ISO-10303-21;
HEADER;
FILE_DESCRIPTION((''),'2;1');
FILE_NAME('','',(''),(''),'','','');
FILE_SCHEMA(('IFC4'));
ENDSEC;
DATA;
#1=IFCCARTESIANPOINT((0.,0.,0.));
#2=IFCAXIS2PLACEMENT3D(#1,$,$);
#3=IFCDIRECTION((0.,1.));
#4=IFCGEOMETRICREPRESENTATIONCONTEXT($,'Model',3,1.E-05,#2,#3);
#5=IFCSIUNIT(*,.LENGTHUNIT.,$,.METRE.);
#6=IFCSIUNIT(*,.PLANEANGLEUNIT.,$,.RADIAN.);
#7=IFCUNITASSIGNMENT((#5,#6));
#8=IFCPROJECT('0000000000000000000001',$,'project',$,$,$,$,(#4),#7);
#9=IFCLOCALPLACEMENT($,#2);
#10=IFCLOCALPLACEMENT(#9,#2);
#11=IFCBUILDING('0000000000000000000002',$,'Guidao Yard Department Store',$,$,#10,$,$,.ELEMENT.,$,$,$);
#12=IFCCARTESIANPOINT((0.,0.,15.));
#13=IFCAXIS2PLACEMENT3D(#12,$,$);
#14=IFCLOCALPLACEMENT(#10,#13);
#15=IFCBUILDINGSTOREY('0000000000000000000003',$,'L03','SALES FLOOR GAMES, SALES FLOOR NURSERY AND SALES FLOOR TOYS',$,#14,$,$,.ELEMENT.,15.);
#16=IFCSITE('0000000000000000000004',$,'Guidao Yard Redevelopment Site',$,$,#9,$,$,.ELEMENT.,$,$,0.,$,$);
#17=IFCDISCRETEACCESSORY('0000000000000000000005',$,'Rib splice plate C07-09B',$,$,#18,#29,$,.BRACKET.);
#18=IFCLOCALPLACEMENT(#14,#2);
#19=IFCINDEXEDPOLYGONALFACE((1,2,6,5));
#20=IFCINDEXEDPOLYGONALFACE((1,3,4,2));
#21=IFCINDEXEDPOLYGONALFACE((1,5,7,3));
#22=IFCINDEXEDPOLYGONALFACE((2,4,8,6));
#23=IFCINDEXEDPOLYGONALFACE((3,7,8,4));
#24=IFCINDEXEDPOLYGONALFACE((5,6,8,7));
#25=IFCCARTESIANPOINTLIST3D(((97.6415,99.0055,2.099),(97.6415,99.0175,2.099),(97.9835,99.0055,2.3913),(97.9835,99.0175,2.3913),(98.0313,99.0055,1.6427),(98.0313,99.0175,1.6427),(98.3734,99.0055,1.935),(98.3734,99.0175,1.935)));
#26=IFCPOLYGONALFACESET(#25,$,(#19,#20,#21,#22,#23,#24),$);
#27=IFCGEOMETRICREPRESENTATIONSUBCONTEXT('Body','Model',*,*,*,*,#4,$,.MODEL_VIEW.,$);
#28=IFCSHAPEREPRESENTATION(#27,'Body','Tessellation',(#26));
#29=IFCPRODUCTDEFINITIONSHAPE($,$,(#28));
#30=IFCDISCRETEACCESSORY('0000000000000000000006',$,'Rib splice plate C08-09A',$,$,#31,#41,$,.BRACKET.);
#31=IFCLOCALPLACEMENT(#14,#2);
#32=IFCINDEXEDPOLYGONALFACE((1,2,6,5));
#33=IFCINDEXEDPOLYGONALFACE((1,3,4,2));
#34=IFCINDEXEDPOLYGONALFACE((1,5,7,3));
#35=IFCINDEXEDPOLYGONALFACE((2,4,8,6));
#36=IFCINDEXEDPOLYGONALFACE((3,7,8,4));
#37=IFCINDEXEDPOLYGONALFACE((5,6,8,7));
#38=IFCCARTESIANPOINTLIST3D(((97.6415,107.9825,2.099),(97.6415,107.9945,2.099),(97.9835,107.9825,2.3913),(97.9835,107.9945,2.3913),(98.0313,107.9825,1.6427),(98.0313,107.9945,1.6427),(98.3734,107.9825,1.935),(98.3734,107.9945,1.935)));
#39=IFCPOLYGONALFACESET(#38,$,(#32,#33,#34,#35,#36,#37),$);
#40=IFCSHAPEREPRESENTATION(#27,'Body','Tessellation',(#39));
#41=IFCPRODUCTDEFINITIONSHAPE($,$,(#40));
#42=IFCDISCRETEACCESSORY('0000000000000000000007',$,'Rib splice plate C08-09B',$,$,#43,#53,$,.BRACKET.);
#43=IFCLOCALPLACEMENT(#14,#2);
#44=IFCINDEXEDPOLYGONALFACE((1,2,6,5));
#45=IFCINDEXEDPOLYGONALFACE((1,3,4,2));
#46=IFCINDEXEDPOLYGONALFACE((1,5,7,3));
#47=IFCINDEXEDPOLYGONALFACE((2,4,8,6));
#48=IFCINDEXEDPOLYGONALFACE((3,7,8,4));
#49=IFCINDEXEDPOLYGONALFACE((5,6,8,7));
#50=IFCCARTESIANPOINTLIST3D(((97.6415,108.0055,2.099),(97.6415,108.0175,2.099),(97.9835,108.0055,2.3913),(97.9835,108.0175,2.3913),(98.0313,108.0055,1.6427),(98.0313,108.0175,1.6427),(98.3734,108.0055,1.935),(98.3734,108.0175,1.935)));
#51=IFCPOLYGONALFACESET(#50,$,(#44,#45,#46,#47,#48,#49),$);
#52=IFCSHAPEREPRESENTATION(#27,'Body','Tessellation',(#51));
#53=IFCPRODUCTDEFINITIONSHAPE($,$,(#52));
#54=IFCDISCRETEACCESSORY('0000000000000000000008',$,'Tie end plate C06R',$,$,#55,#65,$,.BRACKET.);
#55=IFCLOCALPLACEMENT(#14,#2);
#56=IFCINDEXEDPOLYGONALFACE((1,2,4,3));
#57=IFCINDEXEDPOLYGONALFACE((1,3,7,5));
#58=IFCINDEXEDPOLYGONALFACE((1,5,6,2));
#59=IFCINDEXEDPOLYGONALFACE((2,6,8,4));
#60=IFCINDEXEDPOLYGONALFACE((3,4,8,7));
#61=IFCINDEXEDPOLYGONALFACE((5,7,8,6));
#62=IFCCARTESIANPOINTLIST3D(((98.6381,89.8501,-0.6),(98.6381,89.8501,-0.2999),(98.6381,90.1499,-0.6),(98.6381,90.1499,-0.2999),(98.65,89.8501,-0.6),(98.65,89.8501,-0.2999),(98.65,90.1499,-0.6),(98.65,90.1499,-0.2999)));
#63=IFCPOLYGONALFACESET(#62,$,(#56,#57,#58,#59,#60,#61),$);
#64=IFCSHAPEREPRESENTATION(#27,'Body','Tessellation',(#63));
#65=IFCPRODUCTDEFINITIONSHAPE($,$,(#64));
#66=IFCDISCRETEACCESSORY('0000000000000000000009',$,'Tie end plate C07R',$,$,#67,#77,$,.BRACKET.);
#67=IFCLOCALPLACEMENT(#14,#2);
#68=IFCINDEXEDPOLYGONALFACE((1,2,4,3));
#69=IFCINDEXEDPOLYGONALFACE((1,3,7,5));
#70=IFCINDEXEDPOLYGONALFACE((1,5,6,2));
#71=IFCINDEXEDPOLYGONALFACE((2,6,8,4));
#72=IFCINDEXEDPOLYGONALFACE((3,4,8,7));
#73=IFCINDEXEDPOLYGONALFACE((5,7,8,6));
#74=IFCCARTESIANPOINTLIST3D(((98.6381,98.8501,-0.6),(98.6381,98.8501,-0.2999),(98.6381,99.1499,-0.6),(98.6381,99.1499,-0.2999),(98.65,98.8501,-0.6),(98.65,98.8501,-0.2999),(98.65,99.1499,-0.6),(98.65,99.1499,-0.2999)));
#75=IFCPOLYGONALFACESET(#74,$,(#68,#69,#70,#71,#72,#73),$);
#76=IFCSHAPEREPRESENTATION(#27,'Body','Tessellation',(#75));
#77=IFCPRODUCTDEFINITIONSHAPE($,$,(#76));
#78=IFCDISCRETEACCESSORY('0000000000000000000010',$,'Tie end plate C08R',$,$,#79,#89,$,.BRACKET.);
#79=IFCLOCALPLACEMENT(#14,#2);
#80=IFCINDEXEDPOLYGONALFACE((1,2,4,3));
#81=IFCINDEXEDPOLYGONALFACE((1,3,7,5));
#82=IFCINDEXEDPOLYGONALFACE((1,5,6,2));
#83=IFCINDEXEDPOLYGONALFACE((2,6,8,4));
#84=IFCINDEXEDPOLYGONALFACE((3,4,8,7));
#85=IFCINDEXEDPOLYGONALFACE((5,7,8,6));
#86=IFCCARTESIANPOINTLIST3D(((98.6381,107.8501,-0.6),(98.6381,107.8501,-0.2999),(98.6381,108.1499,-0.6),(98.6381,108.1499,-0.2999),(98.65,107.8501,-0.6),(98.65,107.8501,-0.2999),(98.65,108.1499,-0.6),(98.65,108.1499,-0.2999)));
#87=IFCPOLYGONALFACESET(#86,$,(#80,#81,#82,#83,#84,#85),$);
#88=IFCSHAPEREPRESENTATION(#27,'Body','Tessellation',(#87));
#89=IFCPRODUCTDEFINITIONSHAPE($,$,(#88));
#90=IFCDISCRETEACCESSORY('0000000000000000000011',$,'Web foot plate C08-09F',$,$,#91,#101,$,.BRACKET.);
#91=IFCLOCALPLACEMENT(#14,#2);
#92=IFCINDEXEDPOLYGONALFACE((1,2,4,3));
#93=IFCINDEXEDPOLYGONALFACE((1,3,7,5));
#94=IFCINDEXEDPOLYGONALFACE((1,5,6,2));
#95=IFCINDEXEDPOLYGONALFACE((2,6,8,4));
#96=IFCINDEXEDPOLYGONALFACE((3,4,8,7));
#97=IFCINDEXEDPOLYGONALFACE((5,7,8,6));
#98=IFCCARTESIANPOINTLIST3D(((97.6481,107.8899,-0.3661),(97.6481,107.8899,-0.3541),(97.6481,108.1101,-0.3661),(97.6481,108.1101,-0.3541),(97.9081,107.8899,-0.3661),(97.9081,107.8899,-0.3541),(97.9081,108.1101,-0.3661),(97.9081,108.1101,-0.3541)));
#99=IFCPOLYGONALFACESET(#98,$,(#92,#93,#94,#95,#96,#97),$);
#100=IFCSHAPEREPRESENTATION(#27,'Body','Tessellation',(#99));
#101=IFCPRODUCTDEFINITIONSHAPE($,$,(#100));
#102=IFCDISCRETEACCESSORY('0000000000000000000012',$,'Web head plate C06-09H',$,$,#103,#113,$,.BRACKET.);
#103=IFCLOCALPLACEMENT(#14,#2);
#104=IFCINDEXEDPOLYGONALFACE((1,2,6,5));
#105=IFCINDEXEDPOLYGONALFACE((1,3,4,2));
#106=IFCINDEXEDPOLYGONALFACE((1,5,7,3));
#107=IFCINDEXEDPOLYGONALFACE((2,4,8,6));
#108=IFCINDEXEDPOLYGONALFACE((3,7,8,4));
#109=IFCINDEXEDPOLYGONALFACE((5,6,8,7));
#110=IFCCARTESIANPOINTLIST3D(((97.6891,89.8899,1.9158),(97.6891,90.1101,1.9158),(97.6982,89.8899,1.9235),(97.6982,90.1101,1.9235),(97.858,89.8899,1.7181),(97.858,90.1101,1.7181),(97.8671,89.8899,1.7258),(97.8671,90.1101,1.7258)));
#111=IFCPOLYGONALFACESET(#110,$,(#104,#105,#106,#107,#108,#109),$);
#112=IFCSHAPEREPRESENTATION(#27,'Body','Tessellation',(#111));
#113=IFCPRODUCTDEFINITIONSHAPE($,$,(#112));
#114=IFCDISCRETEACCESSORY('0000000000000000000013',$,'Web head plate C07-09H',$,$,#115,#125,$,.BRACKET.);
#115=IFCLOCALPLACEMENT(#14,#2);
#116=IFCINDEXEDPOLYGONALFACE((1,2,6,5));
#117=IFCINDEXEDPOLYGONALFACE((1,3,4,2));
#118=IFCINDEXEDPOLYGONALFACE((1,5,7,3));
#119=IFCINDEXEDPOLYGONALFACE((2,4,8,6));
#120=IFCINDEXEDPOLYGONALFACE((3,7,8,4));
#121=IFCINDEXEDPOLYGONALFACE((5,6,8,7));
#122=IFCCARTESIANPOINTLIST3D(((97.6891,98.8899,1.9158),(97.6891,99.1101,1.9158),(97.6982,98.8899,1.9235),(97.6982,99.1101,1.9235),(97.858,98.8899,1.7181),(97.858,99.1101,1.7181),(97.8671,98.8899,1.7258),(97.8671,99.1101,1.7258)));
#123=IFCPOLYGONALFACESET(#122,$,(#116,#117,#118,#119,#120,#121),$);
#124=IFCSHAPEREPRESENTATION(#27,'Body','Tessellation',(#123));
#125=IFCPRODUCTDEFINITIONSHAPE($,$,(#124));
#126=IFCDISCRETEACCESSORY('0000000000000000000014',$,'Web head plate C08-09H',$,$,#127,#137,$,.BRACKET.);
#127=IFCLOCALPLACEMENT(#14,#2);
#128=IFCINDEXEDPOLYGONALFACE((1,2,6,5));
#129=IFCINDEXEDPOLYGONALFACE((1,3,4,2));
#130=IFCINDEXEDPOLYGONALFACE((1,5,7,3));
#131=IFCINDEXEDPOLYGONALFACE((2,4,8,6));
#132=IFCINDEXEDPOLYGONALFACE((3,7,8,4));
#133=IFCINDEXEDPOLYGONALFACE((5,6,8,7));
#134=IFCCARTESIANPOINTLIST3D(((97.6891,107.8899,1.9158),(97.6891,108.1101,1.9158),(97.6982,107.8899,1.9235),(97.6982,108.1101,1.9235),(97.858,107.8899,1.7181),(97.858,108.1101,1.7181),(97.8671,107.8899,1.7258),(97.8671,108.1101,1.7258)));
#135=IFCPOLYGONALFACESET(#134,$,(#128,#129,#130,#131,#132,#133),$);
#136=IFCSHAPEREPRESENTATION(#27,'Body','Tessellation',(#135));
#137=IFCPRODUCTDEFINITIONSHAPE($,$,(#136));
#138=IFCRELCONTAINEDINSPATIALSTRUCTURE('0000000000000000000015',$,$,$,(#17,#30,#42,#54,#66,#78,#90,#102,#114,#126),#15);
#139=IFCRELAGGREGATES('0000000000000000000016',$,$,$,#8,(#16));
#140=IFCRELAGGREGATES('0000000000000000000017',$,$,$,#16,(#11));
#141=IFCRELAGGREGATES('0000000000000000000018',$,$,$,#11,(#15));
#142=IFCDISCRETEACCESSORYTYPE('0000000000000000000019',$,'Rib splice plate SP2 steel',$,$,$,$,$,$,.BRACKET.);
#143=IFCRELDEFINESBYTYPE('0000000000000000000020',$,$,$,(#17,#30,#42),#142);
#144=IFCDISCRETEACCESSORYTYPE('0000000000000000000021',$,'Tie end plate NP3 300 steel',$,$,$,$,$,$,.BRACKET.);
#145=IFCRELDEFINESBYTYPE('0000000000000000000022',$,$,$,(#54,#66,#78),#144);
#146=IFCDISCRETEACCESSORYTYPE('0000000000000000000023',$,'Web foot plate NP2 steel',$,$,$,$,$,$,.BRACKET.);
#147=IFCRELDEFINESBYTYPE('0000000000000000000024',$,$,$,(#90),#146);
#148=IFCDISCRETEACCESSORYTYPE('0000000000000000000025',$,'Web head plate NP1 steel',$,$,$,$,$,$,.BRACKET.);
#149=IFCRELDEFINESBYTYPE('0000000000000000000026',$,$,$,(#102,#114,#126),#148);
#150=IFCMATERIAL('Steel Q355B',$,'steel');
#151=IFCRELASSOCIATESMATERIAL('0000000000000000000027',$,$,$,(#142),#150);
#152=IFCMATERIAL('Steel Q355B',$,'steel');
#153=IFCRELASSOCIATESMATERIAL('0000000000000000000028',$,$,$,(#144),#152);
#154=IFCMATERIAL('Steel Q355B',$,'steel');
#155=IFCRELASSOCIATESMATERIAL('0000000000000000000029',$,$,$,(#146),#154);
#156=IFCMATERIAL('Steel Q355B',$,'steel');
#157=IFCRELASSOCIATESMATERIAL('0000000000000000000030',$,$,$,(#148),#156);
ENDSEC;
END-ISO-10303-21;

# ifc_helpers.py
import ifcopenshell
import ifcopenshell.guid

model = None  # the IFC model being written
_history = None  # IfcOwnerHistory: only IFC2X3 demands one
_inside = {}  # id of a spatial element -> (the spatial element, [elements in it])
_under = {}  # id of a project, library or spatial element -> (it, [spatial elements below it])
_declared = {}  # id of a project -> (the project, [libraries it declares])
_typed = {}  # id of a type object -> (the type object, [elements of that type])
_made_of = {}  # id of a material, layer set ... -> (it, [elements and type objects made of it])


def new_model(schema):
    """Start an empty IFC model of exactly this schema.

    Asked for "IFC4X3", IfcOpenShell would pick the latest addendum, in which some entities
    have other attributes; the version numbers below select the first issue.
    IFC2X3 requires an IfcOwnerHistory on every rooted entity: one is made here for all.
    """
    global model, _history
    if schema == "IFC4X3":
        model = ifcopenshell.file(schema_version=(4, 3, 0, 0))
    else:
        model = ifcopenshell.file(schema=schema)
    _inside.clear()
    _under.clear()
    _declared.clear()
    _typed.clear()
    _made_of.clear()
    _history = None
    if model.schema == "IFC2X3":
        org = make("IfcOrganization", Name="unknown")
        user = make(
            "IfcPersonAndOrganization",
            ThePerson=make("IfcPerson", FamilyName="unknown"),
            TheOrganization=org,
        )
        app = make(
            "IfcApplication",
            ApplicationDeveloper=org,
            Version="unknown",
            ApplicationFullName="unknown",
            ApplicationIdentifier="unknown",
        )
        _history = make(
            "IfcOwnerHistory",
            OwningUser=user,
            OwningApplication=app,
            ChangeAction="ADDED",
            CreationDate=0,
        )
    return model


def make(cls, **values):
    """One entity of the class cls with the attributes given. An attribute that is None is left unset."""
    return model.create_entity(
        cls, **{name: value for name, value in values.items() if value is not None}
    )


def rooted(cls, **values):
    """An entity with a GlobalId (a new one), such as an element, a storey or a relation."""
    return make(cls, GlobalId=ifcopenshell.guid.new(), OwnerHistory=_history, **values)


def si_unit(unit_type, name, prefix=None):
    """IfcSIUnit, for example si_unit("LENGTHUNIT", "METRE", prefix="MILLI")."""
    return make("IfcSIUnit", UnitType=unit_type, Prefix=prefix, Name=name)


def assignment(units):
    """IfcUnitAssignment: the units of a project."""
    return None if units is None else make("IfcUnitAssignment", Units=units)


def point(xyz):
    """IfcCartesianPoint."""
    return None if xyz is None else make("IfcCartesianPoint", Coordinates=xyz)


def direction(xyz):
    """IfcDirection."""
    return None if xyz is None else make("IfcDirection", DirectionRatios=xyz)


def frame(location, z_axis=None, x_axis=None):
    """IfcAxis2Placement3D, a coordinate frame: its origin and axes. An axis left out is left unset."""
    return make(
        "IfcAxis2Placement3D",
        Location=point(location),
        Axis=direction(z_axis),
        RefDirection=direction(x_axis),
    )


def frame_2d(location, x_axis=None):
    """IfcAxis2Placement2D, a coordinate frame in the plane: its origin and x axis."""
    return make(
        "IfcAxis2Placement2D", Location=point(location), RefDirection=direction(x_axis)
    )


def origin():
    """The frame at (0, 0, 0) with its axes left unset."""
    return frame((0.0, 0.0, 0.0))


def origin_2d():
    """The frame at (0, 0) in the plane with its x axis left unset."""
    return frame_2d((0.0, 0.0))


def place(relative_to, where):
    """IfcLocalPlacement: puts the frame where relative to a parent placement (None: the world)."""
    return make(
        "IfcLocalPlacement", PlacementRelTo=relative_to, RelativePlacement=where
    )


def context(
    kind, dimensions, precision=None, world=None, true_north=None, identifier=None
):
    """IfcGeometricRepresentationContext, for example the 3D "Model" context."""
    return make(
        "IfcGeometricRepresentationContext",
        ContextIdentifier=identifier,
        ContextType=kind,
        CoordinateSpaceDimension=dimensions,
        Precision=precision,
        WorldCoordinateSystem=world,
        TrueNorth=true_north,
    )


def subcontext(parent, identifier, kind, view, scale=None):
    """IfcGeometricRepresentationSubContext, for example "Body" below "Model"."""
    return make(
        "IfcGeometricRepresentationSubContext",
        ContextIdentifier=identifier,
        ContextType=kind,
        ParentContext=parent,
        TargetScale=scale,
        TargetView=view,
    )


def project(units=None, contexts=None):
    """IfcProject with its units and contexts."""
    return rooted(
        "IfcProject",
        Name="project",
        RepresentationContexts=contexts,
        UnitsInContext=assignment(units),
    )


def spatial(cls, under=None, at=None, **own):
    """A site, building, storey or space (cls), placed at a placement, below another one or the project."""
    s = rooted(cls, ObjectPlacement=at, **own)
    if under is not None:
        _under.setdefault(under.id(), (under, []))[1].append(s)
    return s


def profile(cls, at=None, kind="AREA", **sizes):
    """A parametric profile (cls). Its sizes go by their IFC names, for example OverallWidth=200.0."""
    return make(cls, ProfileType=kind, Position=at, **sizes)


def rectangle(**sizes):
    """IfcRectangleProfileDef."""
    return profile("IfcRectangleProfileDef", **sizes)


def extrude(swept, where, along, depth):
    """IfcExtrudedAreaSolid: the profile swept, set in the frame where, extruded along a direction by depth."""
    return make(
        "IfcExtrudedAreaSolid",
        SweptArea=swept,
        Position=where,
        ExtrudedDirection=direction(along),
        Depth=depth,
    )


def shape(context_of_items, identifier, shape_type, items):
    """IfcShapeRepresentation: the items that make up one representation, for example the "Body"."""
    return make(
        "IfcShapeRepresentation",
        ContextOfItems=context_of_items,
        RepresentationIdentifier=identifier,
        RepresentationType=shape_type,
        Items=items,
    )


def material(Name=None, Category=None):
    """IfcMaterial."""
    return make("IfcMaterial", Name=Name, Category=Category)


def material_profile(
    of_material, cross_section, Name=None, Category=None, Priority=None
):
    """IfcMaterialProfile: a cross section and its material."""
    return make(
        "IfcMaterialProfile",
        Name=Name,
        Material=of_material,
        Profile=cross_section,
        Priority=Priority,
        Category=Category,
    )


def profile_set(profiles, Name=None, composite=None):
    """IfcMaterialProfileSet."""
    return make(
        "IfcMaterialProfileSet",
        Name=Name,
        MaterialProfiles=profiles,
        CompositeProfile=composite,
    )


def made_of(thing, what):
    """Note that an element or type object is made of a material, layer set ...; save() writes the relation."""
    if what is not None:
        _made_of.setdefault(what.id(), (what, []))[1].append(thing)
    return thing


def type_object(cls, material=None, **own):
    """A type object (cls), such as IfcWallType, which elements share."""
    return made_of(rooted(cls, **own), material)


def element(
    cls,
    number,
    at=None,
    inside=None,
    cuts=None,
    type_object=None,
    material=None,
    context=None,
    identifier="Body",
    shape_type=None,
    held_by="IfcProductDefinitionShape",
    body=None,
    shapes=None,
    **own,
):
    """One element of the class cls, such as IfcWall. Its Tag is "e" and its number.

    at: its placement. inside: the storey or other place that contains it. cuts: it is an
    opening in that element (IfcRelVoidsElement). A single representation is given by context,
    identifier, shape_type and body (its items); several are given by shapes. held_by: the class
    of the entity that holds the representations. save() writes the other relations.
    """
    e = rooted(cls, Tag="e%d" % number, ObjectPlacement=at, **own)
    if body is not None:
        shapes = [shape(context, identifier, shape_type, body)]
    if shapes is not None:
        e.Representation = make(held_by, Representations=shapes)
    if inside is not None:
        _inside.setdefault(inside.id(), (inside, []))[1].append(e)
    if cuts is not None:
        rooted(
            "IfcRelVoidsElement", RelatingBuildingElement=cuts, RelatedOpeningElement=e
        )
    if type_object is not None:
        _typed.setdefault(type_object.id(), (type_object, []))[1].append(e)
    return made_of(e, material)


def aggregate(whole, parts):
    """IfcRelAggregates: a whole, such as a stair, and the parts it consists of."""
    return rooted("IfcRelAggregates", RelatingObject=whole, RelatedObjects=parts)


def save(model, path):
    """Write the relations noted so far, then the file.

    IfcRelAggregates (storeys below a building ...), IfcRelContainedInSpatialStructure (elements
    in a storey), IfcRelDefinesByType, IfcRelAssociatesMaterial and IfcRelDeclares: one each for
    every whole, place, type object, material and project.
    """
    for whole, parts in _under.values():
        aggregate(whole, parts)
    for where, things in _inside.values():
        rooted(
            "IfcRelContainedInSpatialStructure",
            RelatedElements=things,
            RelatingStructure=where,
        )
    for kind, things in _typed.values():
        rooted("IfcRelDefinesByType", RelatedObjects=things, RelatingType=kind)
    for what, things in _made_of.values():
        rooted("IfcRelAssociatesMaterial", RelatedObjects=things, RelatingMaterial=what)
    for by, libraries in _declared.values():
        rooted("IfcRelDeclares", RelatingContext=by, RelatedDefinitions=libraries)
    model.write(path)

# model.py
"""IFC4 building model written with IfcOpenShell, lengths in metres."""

from ifc_helpers import new_model, si_unit, direction, frame, origin, origin_2d, place, context, subcontext, project, spatial, rectangle, extrude, material, material_profile, profile_set, type_object, element, save


model = new_model("IFC4")

# Units and contexts
model_context = context("Model", 3, precision=1e-05, world=origin(), true_north=direction((0.0, 1.0)))
body_context = subcontext(model_context, "Body", "Model", "MODEL_VIEW")
ifc_project = project(units=[si_unit("LENGTHUNIT", "METRE"), si_unit("PLANEANGLEUNIT", "RADIAN")], contexts=[model_context])

# Site, building, storey
site_placement = place(None, origin())
site = spatial("IfcSite", under=ifc_project, at=site_placement, Name="Guidao Yard Redevelopment Site", CompositionType="ELEMENT", RefElevation=0.0)
building_placement = place(site_placement, origin())
building = spatial("IfcBuilding", under=site, at=building_placement, Name="Guidao Yard Department Store", CompositionType="ELEMENT")
storey_placement = place(building_placement, frame((0.0, 0.0, 15.0)))
storey = spatial("IfcBuildingStorey", under=building, at=storey_placement, Name="L03", Description="SALES FLOOR GAMES, SALES FLOOR NURSERY AND SALES FLOOR TOYS", CompositionType="ELEMENT", Elevation=15.0)

# Discrete accessories
ifc_material_1 = material(Name="Steel Q355B", Category="steel")
ifc_material_profile_1 = material_profile(ifc_material_1, rectangle(XDim=0.012, YDim=0.45, at=origin_2d()), Name="Splice plate 450x12")
ifc_profile_set_1 = profile_set([ifc_material_profile_1], Name="Steel Q355B")
discrete_accessory_type_1 = type_object("IfcDiscreteAccessoryType", Name="Rib splice plate SP2 steel", PredefinedType="BRACKET", material=ifc_profile_set_1)
for number, where, z_axis, x_axis, name in (
    (1, (97.8125, 99.0115, 2.2451), (0.649618, 0.0, -0.760261), (0.0, 1.0, 0.0), "Rib splice plate C07-09B"),
    (2, (97.8125, 107.9885, 2.2451), (0.649618, 0.0, -0.760261), (0.0, 1.0, 0.0), "Rib splice plate C08-09A"),
    (3, (97.8125, 108.0115, 2.2451), (0.649618, 0.0, -0.760261), (0.0, 1.0, 0.0), "Rib splice plate C08-09B"),
):
    element("IfcDiscreteAccessory", number, at=place(storey_placement, frame(where, z_axis=z_axis, x_axis=x_axis)), inside=storey, type_object=discrete_accessory_type_1, Name=name, PredefinedType="BRACKET", context=body_context, shape_type="SweptSolid", body=[
        extrude(rectangle(XDim=0.012, YDim=0.45, at=origin_2d()), origin(), (0.0, 0.0, 1.0), 0.6001),
    ])
ifc_material_2 = material(Name="Steel Q355B", Category="steel")
ifc_material_profile_2 = material_profile(ifc_material_2, rectangle(XDim=0.3, YDim=0.012, at=origin_2d()), Name="Node plate 300x12")
ifc_profile_set_2 = profile_set([ifc_material_profile_2], Name="Steel Q355B")
discrete_accessory_type_2 = type_object("IfcDiscreteAccessoryType", Name="Tie end plate NP3 300 steel", PredefinedType="BRACKET", material=ifc_profile_set_2)
for number, where, z_axis, x_axis, name in (
    (4, (98.644, 89.8501, -0.45), (0.0, 1.0, 0.0), (0.0, 0.0, 1.0), "Tie end plate C06R"),
    (5, (98.644, 98.8501, -0.45), (0.0, 1.0, 0.0), (0.0, 0.0, 1.0), "Tie end plate C07R"),
    (6, (98.644, 107.8501, -0.45), (0.0, 1.0, 0.0), (0.0, 0.0, 1.0), "Tie end plate C08R"),
):
    element("IfcDiscreteAccessory", number, at=place(storey_placement, frame(where, z_axis=z_axis, x_axis=x_axis)), inside=storey, type_object=discrete_accessory_type_2, Name=name, PredefinedType="BRACKET", context=body_context, shape_type="SweptSolid", body=[
        extrude(rectangle(XDim=0.3, YDim=0.012, at=origin_2d()), origin(), (0.0, 0.0, 1.0), 0.2998),
    ])
ifc_material_3 = material(Name="Steel Q355B", Category="steel")
ifc_material_profile_3 = material_profile(ifc_material_3, rectangle(XDim=0.26, YDim=0.012, at=origin_2d()), Name="Node plate 260x12")
ifc_profile_set_3 = profile_set([ifc_material_profile_3], Name="Steel Q355B")
discrete_accessory_type_3 = type_object("IfcDiscreteAccessoryType", Name="Web foot plate NP2 steel", PredefinedType="BRACKET", material=ifc_profile_set_3)
discrete_accessory_placement = place(storey_placement, frame((97.7781, 107.8899, -0.3601), z_axis=(0.0, 1.0, 0.0), x_axis=(-1.0, 0.0, 0.0)))
element("IfcDiscreteAccessory", 7, at=discrete_accessory_placement, inside=storey, type_object=discrete_accessory_type_3, Name="Web foot plate C08-09F", PredefinedType="BRACKET", context=body_context, shape_type="SweptSolid", body=[
    extrude(rectangle(XDim=0.26, YDim=0.012, at=origin_2d()), origin(), (0.0, 0.0, 1.0), 0.2202),
])
ifc_material_4 = material(Name="Steel Q355B", Category="steel")
ifc_material_profile_4 = material_profile(ifc_material_4, rectangle(XDim=0.26, YDim=0.012, at=origin_2d()), Name="Node plate 260x12")
ifc_profile_set_4 = profile_set([ifc_material_profile_4], Name="Steel Q355B")
discrete_accessory_type_4 = type_object("IfcDiscreteAccessoryType", Name="Web head plate NP1 steel", PredefinedType="BRACKET", material=ifc_profile_set_4)
for number, where, z_axis, x_axis, name in (
    (8, (97.7781, 89.8899, 1.8208), (0.0, 1.0, 0.0), (-0.649537, 0.0, 0.76033), "Web head plate C06-09H"),
    (9, (97.7781, 98.8899, 1.8208), (0.0, 1.0, 0.0), (-0.649537, 0.0, 0.76033), "Web head plate C07-09H"),
    (10, (97.7781, 107.8899, 1.8208), (0.0, 1.0, 0.0), (-0.649537, 0.0, 0.76033), "Web head plate C08-09H"),
):
    element("IfcDiscreteAccessory", number, at=place(storey_placement, frame(where, z_axis=z_axis, x_axis=x_axis)), inside=storey, type_object=discrete_accessory_type_4, Name=name, PredefinedType="BRACKET", context=body_context, shape_type="SweptSolid", body=[
        extrude(rectangle(XDim=0.26, YDim=0.012, at=origin_2d()), origin(), (0.0, 0.0, 1.0), 0.2202),
    ])

save(model, "model.ifc")
